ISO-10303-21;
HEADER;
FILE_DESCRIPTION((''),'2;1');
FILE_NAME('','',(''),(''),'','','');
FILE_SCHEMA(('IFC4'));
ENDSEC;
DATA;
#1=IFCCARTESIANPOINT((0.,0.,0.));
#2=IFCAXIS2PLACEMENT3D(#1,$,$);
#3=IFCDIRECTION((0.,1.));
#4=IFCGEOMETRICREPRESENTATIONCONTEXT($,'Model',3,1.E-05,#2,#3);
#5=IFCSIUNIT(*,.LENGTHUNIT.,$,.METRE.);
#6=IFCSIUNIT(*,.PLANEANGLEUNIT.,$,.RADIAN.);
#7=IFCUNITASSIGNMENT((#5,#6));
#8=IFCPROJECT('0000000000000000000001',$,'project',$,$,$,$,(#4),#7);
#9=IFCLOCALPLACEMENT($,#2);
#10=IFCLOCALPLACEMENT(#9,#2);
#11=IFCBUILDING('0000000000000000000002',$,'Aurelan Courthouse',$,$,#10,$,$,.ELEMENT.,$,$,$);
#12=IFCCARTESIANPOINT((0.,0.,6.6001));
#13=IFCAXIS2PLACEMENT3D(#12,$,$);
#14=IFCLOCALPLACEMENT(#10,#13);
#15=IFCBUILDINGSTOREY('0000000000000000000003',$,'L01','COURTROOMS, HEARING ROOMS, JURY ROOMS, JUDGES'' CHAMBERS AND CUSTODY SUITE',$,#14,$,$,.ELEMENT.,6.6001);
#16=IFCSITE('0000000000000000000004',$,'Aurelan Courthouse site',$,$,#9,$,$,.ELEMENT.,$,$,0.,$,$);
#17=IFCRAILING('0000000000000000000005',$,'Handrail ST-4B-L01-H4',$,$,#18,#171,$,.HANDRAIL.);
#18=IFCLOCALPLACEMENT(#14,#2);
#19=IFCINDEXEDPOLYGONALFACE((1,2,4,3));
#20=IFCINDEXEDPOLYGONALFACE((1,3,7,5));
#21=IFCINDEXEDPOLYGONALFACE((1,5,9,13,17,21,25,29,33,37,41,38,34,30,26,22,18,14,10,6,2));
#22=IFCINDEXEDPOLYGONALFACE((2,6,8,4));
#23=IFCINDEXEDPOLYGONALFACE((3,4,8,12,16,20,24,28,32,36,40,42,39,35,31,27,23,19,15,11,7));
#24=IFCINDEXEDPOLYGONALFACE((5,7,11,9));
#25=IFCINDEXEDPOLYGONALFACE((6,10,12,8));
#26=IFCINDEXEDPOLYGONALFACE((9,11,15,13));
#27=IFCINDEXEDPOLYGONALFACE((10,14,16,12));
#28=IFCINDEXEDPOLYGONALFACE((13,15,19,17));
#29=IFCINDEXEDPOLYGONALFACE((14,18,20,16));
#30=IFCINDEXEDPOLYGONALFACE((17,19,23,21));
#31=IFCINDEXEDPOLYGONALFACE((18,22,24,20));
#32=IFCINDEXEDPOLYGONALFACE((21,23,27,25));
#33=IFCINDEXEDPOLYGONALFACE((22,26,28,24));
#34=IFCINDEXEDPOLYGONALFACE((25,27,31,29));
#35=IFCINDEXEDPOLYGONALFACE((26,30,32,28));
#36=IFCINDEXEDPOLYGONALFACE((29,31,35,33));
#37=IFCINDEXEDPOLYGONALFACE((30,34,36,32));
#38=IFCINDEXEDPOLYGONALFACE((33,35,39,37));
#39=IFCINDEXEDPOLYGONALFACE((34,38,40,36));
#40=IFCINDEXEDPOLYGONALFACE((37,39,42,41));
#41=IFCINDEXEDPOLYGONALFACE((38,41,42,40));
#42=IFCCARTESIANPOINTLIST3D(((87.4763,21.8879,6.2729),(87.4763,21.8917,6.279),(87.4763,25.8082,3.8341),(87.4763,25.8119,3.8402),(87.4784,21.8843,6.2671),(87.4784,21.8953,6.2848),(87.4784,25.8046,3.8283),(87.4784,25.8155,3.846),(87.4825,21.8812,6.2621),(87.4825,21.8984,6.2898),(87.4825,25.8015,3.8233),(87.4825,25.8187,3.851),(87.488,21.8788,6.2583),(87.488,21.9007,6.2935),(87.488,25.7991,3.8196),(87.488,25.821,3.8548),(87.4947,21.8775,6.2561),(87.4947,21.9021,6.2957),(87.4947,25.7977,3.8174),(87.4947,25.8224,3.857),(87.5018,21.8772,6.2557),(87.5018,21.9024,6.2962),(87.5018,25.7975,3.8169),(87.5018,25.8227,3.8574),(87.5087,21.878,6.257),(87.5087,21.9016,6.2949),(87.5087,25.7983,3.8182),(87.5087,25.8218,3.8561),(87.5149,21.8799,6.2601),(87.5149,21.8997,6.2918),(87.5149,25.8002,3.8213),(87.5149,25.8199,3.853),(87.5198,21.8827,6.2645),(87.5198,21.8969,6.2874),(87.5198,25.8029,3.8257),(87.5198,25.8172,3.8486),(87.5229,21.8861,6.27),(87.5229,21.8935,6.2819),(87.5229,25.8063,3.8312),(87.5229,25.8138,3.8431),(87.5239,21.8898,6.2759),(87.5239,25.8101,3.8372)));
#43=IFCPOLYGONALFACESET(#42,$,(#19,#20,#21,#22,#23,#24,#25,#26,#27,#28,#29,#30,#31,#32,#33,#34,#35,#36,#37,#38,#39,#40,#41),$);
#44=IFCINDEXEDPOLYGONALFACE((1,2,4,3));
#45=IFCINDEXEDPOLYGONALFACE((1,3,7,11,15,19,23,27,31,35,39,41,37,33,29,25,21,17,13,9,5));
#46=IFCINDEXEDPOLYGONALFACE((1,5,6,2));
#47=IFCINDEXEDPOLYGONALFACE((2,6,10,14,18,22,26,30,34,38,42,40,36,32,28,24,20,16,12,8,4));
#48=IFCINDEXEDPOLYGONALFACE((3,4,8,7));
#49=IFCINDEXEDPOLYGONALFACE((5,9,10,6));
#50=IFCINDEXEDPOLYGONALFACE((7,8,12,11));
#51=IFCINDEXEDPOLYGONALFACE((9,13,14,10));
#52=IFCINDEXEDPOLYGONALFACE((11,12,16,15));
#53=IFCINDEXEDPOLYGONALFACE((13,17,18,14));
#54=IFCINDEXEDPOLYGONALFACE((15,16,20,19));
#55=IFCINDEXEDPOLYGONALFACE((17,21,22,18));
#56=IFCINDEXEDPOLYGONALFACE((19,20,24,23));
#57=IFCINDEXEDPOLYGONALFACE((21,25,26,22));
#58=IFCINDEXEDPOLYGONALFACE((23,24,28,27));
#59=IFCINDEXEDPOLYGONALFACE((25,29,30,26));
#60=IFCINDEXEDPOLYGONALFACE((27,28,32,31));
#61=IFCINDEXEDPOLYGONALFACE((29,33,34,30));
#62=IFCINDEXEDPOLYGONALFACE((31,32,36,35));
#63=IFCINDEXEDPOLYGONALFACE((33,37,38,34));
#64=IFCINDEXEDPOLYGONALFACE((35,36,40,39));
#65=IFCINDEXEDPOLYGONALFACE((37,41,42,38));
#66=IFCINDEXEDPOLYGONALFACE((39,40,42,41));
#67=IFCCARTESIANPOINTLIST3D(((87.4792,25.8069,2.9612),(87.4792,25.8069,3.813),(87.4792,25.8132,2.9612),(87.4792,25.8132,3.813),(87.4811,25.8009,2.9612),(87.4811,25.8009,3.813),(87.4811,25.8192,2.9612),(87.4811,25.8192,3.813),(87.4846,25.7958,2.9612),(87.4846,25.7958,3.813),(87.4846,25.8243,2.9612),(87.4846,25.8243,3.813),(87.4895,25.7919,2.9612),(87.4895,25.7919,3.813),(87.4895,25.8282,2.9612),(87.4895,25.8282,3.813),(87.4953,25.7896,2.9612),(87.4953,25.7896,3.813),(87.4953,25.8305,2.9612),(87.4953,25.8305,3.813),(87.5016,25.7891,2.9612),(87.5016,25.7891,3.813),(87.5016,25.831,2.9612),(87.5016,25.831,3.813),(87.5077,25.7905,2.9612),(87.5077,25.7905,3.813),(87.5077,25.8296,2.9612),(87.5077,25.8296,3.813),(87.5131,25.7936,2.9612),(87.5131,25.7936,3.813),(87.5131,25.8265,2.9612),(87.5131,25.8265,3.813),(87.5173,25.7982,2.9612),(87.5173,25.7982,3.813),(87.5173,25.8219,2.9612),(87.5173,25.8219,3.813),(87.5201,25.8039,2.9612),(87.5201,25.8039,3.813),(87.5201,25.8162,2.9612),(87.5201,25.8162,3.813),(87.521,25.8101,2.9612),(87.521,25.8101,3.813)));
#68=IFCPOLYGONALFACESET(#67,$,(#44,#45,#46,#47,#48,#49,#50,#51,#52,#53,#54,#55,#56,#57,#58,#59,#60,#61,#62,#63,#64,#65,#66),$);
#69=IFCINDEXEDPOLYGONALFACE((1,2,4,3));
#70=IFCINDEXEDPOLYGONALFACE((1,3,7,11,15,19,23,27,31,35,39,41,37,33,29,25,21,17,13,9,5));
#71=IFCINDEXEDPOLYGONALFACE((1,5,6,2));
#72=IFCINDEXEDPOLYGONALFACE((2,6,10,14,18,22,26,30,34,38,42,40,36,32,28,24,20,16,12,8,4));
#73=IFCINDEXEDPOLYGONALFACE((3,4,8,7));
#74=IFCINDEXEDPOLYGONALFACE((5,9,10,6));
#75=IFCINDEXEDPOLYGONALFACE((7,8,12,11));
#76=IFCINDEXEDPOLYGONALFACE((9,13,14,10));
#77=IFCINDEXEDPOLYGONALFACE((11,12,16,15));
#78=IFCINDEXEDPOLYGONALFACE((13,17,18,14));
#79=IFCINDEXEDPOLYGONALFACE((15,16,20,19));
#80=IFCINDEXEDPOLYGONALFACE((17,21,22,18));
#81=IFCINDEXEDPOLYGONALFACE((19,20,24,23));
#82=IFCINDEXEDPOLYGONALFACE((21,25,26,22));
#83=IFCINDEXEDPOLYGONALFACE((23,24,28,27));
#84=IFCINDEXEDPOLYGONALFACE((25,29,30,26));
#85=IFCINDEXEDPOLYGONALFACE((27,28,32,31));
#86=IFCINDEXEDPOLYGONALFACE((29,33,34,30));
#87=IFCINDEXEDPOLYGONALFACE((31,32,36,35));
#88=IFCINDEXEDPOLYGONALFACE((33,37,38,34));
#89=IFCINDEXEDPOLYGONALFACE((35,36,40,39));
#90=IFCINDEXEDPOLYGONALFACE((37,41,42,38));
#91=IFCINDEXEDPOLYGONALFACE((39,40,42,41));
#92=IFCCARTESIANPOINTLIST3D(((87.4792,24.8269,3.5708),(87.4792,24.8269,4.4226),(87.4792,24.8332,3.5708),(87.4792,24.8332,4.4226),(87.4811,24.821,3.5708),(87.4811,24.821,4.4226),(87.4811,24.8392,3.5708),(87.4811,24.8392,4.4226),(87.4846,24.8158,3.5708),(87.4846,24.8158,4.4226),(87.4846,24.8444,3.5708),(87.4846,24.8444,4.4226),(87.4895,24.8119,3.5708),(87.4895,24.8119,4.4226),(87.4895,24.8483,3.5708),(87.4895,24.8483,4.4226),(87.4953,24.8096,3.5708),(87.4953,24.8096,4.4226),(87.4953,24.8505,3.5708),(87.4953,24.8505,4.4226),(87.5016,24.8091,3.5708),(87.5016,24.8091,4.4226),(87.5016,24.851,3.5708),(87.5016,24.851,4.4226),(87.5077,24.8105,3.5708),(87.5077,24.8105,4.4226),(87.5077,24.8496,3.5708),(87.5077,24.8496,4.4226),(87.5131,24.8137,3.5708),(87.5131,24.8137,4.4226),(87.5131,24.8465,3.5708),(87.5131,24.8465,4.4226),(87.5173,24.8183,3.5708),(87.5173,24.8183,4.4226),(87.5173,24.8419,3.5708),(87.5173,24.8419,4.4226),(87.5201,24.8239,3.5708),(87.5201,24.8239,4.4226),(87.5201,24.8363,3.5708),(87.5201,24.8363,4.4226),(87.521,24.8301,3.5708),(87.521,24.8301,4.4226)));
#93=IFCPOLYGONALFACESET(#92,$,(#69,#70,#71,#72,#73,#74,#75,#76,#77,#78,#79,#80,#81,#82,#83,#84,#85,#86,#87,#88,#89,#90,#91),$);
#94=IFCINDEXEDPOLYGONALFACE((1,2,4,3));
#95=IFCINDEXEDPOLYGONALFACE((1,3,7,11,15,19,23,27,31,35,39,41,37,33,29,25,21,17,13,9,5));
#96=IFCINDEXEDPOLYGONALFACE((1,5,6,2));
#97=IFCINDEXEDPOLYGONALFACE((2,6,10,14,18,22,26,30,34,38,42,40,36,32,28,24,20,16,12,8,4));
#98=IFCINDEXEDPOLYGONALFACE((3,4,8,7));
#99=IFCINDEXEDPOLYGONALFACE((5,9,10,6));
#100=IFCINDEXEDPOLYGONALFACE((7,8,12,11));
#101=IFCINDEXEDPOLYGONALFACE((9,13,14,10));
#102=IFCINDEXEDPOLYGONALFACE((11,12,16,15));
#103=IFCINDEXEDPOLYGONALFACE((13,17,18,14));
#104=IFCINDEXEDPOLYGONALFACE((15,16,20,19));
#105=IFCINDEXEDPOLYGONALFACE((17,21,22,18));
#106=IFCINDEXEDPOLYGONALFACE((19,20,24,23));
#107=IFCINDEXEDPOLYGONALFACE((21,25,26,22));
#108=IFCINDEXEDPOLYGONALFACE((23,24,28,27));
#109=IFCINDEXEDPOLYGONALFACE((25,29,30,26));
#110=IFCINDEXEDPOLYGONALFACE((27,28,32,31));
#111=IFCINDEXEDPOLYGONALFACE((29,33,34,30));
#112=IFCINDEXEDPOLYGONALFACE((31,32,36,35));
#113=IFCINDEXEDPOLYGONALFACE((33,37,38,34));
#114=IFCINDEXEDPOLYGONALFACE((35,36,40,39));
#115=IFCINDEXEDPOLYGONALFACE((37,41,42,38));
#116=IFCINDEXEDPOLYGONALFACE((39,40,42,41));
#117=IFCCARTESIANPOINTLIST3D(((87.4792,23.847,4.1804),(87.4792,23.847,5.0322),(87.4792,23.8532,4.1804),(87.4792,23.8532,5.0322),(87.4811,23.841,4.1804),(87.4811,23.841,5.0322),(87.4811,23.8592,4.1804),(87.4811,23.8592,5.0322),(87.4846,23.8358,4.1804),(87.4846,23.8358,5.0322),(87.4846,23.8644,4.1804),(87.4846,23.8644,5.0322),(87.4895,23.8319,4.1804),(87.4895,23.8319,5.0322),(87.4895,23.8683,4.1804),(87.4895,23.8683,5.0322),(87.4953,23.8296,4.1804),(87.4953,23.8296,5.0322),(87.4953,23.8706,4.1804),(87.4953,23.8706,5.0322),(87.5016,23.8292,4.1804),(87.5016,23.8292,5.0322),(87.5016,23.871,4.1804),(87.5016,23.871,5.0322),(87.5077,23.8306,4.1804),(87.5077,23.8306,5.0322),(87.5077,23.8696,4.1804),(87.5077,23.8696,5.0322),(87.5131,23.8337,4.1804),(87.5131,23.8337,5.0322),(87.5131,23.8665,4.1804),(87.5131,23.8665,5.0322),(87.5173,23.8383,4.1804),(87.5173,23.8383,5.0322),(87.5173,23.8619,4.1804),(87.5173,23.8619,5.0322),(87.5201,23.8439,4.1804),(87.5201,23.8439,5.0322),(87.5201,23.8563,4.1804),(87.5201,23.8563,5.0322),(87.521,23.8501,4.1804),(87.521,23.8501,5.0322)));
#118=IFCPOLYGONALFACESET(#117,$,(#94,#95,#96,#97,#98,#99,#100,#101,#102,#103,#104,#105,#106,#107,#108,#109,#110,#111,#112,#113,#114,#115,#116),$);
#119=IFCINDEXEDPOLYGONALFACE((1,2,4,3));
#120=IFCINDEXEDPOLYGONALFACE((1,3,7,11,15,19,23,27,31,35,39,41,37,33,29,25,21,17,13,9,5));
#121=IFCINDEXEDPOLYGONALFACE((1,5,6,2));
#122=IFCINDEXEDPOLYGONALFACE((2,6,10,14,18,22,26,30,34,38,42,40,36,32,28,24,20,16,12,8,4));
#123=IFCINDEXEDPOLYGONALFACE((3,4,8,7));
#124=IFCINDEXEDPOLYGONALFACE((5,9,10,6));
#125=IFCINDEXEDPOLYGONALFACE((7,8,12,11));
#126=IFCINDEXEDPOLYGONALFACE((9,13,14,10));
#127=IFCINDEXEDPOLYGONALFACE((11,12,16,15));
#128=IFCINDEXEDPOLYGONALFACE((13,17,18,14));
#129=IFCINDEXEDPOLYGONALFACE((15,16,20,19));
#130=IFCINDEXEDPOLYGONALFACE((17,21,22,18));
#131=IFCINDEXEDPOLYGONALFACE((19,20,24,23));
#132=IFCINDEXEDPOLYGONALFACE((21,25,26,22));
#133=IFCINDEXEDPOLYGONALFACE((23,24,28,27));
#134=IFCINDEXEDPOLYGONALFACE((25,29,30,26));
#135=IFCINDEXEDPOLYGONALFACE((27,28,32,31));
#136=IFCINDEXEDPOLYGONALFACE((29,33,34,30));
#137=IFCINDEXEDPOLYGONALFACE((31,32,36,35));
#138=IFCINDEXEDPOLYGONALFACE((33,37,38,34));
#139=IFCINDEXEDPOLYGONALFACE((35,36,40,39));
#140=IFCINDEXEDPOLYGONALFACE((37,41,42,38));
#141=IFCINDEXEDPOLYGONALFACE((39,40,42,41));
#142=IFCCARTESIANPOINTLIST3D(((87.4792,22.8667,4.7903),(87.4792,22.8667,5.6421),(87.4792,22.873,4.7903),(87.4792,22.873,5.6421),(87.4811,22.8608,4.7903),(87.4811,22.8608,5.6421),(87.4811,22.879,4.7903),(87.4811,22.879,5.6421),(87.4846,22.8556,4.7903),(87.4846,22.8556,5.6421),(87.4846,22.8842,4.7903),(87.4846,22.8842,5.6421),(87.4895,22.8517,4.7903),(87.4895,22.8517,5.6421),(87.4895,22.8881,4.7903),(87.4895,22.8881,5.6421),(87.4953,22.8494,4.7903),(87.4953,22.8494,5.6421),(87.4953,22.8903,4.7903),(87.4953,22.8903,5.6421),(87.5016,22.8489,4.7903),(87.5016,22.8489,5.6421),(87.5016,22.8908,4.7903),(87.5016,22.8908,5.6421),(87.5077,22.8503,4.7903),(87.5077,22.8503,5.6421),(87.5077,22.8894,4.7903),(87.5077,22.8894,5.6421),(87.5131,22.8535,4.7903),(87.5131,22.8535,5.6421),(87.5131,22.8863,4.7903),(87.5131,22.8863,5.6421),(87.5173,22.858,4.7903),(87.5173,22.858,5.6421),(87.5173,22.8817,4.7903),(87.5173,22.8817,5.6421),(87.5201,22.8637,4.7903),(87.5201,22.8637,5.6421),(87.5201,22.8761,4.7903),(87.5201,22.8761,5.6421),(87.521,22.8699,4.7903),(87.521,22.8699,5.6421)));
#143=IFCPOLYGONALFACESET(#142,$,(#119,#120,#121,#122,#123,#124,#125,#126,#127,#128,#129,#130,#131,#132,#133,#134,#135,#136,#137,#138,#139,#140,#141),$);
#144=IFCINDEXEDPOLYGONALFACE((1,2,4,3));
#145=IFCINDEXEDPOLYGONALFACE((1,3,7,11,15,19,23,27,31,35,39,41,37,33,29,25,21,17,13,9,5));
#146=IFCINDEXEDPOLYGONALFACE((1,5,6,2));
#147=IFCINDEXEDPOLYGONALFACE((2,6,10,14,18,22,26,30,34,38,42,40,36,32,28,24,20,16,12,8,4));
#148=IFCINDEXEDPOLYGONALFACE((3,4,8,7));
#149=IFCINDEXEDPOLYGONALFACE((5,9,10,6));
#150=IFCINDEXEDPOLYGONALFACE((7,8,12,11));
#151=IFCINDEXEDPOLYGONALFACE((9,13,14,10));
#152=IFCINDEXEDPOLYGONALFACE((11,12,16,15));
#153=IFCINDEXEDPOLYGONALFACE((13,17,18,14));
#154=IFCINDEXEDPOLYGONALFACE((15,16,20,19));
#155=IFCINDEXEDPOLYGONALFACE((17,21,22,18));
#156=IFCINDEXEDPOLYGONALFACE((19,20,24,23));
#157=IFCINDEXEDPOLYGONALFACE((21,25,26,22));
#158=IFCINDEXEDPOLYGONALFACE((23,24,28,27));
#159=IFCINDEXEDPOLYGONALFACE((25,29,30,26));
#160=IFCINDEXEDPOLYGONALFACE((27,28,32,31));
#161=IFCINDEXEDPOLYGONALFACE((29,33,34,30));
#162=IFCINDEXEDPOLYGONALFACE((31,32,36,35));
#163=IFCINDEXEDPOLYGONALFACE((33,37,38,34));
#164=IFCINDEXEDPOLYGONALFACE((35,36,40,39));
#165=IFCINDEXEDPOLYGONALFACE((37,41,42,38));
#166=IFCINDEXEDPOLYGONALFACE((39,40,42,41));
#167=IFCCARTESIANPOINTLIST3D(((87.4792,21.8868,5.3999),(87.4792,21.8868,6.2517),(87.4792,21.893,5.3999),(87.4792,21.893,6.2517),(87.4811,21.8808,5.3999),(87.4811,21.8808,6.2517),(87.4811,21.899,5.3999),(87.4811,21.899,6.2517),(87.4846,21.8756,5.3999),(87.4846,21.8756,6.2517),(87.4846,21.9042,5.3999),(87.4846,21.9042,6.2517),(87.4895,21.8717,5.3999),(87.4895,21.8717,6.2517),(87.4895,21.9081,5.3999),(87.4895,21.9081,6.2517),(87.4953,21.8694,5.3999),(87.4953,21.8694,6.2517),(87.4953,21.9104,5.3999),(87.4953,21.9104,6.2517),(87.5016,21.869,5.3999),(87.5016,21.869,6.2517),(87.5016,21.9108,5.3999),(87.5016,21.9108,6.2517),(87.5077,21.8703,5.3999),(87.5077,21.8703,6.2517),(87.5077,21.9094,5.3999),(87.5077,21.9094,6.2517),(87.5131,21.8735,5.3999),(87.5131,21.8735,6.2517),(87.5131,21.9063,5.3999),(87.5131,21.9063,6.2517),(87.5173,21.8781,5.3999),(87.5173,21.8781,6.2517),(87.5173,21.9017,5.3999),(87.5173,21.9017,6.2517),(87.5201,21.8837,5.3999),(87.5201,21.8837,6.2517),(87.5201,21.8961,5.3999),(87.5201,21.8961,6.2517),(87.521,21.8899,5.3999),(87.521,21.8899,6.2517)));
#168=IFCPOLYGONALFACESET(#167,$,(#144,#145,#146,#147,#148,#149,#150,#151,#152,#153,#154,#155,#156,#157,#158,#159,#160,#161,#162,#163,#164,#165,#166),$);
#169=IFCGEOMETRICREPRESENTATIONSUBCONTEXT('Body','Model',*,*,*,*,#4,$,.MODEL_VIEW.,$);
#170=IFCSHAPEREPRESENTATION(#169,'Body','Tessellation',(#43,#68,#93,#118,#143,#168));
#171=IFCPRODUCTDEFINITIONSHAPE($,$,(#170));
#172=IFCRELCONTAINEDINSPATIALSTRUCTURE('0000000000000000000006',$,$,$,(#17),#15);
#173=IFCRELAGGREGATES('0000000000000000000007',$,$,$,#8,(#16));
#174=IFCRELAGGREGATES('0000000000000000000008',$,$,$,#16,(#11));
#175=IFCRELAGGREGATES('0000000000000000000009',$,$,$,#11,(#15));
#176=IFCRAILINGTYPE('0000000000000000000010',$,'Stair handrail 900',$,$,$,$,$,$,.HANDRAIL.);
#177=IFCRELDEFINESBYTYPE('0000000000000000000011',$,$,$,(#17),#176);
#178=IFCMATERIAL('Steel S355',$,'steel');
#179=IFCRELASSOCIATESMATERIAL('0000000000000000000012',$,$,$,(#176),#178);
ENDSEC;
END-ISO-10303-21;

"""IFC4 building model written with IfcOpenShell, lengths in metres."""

from ifc_helpers import new_model, si_unit, direction, frame, origin, origin_2d, place, context, subcontext, project, spatial, circle, extrude, material, type_object, element, save


model = new_model("IFC4")

# Units and contexts
model_context = context("Model", 3, precision=1e-05, world=origin(), true_north=direction((0.0, 1.0)))
body_context = subcontext(model_context, "Body", "Model", "MODEL_VIEW")
ifc_project = project(units=[si_unit("LENGTHUNIT", "METRE"), si_unit("PLANEANGLEUNIT", "RADIAN")], contexts=[model_context])

# Site, building, storey
site_placement = place(None, origin())
site = spatial("IfcSite", under=ifc_project, at=site_placement, Name="Aurelan Courthouse site", CompositionType="ELEMENT", RefElevation=0.0)
building_placement = place(site_placement, origin())
building = spatial("IfcBuilding", under=site, at=building_placement, Name="Aurelan Courthouse", CompositionType="ELEMENT")
storey_placement = place(building_placement, frame((0.0, 0.0, 6.6001)))
storey = spatial("IfcBuildingStorey", under=building, at=storey_placement, Name="L01", Description="COURTROOMS, HEARING ROOMS, JURY ROOMS, JUDGES' CHAMBERS AND CUSTODY SUITE", CompositionType="ELEMENT", Elevation=6.6001)

# Railing
ifc_material_1 = material(Name="Steel S355", Category="steel")
railing_type_1 = type_object("IfcRailingType", Name="Stair handrail 900", PredefinedType="HANDRAIL", material=ifc_material_1)
for number, where, name in (
    (1, (87.5, 25.8101, 2.9612), "Handrail ST-4B-L01-H4"),
):
    element("IfcRailing", number, at=place(storey_placement, frame(where)), inside=storey, type_object=railing_type_1, Name=name, PredefinedType="HANDRAIL", context=body_context, shape_type="SweptSolid", body=[
        extrude(circle(Radius=0.0239, at=origin_2d()), frame((0.0, 0.0, 0.876), z_axis=(0.0, -0.849105, 0.528225), x_axis=(1.0, 0.0, 0.0)), (0.0, 0.0, 1.0), 4.6169),
        extrude(circle(Radius=0.021, at=origin_2d()), origin(), (0.0, 0.0, 1.0), 0.8518),
        extrude(circle(Radius=0.021, at=origin_2d()), frame((0.0, -0.98, 0.6096)), (0.0, 0.0, 1.0), 0.8518),
        extrude(circle(Radius=0.021, at=origin_2d()), frame((0.0, -1.96, 1.2192)), (0.0, 0.0, 1.0), 0.8518),
        extrude(circle(Radius=0.021, at=origin_2d()), frame((0.0, -2.9402, 1.8291)), (0.0, 0.0, 1.0), 0.8518),
        extrude(circle(Radius=0.021, at=origin_2d()), frame((0.0, -3.9202, 2.4387)), (0.0, 0.0, 1.0), 0.8518),
    ])

save(model, "model.ifc")
